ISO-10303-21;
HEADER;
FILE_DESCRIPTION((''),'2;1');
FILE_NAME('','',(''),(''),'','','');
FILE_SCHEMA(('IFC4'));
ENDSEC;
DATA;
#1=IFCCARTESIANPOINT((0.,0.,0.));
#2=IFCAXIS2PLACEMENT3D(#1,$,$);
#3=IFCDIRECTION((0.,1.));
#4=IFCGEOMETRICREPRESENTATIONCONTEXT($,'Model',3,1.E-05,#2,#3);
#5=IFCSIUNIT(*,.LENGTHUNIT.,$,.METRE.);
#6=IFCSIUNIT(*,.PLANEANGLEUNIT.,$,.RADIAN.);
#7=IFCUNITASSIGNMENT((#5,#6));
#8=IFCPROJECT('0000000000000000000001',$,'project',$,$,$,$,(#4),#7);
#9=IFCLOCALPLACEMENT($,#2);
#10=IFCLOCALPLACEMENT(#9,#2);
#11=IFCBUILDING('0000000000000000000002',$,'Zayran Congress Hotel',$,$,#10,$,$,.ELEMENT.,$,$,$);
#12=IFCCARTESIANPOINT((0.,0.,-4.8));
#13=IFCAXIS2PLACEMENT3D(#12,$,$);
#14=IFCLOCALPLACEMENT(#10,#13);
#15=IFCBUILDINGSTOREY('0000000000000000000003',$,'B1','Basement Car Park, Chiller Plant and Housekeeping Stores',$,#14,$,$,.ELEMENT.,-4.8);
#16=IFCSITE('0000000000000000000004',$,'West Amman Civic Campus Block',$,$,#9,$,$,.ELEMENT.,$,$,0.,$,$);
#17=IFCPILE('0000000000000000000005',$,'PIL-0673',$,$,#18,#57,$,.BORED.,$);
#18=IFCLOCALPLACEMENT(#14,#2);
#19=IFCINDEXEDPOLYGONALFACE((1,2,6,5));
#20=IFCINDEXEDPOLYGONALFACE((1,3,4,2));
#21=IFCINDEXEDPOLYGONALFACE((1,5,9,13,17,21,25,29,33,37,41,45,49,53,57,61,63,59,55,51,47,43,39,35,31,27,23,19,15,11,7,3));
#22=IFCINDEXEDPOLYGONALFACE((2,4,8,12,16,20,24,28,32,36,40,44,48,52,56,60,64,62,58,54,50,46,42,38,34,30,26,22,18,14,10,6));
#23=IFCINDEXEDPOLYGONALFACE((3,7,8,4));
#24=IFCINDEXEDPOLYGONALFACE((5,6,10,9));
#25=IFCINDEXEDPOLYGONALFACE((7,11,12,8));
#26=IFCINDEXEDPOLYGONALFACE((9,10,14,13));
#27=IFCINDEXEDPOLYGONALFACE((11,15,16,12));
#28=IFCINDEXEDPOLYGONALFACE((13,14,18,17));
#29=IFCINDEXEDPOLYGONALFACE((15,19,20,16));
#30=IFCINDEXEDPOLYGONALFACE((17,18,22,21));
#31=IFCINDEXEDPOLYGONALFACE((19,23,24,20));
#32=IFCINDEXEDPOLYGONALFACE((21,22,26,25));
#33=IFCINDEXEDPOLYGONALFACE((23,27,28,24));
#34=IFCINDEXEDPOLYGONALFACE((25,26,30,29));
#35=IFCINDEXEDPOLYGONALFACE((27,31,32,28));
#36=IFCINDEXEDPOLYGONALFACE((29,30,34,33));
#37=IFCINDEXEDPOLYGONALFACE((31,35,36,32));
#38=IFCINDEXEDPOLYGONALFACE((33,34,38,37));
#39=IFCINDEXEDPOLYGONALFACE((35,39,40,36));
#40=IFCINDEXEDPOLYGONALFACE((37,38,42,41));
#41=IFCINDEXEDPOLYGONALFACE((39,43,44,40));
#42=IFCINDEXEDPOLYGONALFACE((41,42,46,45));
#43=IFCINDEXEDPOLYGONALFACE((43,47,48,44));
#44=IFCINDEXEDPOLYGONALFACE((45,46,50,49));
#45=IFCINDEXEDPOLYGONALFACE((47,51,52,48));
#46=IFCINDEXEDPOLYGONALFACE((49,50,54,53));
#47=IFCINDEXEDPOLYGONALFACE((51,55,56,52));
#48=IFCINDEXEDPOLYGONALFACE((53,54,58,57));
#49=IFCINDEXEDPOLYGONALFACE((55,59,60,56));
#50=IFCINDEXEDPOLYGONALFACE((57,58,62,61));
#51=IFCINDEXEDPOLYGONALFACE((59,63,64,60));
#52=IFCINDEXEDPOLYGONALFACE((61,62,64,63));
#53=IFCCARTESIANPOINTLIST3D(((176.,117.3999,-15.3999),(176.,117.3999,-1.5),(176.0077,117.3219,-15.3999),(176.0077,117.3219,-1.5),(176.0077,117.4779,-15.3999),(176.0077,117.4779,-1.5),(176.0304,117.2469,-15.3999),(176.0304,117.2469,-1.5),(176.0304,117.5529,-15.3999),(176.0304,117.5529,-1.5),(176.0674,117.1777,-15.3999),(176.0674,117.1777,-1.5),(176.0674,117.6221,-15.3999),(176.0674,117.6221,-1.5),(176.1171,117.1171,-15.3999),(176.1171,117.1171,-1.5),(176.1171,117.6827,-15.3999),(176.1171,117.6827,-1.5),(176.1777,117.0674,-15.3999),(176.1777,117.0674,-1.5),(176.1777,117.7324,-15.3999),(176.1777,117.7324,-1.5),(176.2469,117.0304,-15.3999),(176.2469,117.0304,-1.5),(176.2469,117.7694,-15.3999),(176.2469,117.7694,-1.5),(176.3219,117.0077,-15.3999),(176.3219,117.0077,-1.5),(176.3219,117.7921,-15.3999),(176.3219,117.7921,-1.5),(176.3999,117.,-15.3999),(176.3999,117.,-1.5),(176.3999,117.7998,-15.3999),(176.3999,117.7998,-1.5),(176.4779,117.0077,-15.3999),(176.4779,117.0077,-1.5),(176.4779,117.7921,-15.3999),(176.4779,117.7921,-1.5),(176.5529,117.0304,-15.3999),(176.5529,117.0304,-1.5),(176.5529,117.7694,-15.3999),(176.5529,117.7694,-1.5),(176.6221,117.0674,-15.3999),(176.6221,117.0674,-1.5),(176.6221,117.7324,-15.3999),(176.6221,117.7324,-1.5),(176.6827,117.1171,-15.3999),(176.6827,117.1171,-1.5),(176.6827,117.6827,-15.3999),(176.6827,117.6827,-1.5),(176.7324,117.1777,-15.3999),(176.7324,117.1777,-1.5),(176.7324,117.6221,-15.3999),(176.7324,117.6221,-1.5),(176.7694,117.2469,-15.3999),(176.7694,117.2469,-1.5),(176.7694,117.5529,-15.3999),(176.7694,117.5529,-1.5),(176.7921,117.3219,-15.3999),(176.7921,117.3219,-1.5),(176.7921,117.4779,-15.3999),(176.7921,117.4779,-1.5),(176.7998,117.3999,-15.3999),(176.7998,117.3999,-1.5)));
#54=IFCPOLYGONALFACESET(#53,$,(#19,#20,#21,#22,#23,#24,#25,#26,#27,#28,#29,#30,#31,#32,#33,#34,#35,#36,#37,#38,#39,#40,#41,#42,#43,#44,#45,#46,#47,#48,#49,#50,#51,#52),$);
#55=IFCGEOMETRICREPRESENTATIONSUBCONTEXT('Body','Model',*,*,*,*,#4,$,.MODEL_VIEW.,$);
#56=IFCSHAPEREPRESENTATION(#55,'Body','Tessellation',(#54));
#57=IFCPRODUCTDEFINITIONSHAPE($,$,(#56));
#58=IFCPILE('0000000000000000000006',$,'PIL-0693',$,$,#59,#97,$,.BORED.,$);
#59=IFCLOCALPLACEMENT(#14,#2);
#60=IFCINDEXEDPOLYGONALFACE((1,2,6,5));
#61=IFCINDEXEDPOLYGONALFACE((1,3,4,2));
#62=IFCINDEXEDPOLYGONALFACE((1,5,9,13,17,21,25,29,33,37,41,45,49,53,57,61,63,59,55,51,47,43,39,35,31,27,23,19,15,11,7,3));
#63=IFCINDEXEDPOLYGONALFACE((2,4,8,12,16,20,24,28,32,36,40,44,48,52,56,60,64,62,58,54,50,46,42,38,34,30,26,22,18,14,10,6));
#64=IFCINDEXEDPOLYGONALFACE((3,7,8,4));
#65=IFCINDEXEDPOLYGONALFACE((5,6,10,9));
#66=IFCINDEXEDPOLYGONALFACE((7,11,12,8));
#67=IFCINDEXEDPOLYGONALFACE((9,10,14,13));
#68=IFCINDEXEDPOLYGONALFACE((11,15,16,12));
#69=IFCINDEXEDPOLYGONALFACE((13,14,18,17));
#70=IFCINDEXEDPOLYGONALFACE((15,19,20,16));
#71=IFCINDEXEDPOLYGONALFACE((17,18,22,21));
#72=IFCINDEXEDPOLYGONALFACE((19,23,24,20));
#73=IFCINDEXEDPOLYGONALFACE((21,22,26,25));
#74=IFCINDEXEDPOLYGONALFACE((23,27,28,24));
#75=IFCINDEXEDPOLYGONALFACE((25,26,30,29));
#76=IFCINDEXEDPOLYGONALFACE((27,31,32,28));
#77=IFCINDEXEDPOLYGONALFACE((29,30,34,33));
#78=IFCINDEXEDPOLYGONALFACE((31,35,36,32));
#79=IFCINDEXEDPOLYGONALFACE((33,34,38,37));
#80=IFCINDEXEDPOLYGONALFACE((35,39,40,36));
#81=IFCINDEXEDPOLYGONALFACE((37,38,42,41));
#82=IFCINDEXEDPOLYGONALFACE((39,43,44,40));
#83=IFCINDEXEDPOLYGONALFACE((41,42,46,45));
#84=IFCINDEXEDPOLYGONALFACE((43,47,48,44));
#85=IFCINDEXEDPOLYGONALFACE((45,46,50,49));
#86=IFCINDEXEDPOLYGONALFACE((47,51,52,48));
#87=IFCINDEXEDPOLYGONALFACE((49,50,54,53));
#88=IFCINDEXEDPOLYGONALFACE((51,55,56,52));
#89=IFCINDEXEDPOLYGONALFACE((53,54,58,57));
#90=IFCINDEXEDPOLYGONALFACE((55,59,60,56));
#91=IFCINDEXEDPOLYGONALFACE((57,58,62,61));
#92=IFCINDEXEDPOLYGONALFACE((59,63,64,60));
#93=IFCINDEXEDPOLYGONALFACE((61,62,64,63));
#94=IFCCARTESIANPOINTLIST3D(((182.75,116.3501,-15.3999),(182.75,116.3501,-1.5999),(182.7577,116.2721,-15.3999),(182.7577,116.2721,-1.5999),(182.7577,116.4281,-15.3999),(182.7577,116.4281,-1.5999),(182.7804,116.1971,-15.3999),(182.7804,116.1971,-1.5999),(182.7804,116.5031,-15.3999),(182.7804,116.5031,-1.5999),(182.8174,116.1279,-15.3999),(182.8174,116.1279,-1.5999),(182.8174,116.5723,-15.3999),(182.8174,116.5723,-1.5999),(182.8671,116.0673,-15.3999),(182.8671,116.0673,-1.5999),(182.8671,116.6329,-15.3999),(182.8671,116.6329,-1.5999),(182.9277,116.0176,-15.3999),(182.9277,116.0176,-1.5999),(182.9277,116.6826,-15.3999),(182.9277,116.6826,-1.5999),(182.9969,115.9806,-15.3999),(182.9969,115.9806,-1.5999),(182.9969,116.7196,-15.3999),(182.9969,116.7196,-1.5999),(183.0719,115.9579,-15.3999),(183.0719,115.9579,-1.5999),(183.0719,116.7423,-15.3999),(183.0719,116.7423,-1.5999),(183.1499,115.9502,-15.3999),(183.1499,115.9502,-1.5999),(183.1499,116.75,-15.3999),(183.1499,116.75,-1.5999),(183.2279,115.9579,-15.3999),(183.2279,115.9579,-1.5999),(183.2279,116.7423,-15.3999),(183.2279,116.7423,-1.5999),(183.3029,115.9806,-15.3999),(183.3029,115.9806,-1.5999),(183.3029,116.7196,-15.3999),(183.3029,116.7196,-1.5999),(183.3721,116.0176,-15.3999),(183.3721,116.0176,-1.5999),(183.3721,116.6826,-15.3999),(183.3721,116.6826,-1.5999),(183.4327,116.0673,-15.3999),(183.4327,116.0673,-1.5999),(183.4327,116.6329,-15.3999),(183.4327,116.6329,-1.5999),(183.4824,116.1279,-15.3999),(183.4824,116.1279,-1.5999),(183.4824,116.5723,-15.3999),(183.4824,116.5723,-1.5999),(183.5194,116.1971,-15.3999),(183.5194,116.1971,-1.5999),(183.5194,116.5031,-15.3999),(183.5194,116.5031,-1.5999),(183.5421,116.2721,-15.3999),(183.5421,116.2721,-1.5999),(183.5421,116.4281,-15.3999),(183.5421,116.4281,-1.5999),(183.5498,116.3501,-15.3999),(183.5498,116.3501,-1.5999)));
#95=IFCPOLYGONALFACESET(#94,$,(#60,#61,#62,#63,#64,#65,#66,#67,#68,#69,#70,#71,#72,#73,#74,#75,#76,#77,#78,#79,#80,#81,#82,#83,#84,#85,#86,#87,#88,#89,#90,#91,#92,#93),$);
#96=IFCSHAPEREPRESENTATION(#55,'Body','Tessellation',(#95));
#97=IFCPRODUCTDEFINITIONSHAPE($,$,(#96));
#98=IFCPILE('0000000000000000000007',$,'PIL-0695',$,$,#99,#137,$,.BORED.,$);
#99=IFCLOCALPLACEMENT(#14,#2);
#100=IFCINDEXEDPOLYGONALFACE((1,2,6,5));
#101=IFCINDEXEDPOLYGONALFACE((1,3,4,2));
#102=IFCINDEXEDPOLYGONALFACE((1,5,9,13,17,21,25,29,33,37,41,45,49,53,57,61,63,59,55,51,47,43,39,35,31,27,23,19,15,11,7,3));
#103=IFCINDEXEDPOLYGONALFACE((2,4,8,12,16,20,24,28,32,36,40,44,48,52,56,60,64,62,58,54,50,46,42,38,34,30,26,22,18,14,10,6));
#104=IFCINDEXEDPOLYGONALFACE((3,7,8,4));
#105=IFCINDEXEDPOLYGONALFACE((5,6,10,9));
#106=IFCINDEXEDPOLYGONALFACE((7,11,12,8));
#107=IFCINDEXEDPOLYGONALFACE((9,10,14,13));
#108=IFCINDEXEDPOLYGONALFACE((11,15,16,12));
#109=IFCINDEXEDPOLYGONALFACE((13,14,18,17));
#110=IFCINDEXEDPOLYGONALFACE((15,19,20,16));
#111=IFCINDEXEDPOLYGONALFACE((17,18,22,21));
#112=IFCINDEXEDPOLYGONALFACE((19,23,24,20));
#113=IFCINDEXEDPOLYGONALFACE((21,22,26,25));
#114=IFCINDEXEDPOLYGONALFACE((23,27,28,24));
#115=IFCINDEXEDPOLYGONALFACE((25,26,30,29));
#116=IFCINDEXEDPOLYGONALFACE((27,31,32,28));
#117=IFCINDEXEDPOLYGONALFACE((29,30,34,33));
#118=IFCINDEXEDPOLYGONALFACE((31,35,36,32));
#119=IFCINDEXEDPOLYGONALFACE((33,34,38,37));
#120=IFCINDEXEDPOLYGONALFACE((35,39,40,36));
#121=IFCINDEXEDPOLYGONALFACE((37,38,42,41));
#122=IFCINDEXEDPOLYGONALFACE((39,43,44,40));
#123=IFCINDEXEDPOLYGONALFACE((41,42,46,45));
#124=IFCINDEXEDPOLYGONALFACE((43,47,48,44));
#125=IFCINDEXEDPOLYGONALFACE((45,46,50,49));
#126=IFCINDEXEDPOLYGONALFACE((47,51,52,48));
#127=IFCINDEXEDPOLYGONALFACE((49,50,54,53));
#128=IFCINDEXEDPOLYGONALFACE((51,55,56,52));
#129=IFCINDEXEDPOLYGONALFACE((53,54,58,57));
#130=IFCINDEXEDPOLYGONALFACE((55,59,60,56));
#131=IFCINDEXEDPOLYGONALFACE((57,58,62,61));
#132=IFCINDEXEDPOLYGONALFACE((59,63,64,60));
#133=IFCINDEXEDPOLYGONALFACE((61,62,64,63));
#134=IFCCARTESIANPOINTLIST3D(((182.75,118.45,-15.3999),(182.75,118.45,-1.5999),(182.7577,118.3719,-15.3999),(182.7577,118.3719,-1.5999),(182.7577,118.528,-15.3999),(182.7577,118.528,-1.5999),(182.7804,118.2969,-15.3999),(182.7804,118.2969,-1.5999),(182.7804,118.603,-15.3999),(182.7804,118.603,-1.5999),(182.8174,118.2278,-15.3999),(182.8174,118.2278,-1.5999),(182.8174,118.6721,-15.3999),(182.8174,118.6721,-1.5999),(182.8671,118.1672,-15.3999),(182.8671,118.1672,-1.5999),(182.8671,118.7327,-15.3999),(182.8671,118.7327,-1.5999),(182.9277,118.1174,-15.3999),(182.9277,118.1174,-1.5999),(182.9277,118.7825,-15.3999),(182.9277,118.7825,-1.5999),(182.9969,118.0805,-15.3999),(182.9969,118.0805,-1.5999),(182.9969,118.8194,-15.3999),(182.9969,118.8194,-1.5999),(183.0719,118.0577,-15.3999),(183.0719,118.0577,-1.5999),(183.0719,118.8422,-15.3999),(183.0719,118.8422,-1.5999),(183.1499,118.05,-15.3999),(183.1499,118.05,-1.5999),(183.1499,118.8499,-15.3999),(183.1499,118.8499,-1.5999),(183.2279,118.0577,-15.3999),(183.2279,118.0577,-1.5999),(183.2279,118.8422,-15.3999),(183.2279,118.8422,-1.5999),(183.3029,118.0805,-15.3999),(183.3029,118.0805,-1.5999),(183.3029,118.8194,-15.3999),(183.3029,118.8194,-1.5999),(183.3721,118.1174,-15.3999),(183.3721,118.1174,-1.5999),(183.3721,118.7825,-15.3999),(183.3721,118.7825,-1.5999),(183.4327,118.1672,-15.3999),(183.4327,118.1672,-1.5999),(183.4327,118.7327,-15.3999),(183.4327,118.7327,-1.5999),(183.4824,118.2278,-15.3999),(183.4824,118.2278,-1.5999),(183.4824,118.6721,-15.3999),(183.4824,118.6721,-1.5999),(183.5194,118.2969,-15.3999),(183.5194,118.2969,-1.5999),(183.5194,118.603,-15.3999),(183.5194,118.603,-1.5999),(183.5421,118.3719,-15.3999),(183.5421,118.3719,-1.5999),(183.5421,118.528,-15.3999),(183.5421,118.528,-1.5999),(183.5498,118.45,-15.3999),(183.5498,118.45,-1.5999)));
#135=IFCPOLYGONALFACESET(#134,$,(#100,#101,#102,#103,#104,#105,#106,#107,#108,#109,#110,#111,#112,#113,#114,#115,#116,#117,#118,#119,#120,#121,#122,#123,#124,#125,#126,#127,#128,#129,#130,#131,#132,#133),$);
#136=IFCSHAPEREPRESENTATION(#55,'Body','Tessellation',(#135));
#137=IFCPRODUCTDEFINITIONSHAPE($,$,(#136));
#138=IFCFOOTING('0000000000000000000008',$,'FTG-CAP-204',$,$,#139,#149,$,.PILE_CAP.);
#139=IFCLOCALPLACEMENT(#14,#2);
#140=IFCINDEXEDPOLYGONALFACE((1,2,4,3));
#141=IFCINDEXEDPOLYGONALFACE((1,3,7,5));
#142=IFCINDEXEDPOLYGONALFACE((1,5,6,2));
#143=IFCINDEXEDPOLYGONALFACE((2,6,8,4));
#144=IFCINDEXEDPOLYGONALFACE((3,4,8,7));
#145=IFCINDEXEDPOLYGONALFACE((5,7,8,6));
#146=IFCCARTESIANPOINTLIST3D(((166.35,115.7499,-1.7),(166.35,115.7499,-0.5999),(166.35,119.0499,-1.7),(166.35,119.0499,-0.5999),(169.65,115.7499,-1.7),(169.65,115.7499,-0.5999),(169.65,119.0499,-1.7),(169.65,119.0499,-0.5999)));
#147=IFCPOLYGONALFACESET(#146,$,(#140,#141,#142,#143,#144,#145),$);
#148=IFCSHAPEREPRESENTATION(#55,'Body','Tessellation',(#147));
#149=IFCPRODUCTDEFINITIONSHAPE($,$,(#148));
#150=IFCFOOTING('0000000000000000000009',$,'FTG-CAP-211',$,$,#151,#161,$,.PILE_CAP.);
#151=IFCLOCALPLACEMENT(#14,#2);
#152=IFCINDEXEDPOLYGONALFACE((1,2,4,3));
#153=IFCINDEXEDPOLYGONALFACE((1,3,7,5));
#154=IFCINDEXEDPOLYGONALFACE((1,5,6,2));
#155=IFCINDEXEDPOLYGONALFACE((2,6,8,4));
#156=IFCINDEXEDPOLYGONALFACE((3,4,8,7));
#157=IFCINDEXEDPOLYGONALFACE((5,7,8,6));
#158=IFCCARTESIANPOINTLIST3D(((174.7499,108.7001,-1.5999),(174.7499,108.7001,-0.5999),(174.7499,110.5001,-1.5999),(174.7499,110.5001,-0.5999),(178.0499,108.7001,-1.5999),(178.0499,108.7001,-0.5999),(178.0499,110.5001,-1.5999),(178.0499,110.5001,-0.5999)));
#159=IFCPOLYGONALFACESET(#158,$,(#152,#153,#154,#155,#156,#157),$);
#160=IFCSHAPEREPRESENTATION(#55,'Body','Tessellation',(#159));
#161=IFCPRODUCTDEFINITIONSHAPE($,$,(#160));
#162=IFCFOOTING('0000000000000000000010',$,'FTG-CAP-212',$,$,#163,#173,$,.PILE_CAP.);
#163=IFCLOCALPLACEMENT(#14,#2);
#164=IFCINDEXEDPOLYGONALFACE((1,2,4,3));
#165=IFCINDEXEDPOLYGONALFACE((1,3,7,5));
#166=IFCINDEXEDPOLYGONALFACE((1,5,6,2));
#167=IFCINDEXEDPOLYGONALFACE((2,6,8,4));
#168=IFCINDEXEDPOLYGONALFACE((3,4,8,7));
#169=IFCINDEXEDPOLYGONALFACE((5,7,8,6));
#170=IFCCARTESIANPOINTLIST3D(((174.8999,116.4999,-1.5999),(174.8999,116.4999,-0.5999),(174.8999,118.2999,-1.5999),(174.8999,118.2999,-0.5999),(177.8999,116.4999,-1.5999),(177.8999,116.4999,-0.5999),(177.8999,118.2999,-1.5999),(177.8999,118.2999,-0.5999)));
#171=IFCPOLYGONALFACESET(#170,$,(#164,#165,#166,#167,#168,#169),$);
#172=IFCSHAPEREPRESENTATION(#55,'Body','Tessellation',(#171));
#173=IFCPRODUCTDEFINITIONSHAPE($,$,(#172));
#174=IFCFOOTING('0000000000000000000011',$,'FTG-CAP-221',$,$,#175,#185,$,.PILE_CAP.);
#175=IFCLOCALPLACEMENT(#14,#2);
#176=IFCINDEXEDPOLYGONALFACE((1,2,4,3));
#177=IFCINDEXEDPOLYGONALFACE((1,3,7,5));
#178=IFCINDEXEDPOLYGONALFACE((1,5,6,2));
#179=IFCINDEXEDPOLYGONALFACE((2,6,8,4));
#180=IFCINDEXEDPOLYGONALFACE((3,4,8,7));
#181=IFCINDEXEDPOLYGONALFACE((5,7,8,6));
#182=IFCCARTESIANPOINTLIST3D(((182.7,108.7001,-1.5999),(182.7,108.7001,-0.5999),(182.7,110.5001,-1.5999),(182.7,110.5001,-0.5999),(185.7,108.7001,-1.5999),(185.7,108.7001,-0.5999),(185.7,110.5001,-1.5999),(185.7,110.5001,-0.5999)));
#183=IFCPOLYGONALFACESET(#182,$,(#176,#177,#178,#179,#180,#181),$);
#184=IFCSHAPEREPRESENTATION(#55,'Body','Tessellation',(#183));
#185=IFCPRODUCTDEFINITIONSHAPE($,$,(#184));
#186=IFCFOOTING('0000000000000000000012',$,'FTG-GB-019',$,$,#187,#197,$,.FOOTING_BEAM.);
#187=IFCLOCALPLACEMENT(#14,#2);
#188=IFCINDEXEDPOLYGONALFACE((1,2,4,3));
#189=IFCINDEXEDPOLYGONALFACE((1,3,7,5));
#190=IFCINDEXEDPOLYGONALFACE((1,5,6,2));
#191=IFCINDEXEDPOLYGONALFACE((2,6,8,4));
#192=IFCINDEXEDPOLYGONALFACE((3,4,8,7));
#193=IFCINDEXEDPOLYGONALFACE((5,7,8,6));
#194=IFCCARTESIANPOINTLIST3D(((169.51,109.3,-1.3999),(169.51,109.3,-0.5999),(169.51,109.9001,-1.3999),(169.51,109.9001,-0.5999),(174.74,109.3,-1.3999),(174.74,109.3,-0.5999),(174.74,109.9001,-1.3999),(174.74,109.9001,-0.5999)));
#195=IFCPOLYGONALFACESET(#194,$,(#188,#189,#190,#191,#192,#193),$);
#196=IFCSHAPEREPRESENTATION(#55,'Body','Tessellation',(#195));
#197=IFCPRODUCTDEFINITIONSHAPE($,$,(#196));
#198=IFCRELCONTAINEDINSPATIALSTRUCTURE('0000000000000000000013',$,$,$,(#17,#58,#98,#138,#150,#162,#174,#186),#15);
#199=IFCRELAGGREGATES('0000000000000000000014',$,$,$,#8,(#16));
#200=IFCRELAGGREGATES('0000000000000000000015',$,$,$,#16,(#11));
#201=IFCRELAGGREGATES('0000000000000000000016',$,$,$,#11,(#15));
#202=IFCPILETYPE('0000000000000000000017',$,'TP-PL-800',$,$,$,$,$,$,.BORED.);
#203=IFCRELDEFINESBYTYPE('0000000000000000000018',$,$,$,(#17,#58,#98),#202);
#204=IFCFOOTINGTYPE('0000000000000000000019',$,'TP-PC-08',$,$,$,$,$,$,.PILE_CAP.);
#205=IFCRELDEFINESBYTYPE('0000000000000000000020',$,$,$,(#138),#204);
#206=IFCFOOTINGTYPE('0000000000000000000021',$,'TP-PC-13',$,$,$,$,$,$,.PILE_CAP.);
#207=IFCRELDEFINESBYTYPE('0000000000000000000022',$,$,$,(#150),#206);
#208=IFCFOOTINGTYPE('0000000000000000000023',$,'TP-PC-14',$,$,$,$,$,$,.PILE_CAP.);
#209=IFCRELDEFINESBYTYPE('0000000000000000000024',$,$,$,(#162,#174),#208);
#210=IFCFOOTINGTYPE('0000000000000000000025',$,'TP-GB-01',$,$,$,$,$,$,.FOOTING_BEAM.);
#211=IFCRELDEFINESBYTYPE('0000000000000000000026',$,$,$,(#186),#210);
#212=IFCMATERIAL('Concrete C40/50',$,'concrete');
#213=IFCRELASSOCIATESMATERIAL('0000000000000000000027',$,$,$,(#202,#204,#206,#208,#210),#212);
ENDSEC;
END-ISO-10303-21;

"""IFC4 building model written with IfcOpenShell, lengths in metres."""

from ifc_helpers import new_model, si_unit, direction, frame, origin, origin_2d, place, context, subcontext, project, spatial, rectangle, circle, extrude, material, material_profile, profile_set, type_object, element, save


model = new_model("IFC4")

# Units and contexts
model_context = context("Model", 3, precision=1e-05, world=origin(), true_north=direction((0.0, 1.0)))
body_context = subcontext(model_context, "Body", "Model", "MODEL_VIEW")
ifc_project = project(units=[si_unit("LENGTHUNIT", "METRE"), si_unit("PLANEANGLEUNIT", "RADIAN")], contexts=[model_context])

# Site, building, storey
site_placement = place(None, origin())
site = spatial("IfcSite", under=ifc_project, at=site_placement, Name="West Amman Civic Campus Block", CompositionType="ELEMENT", RefElevation=0.0)
building_placement = place(site_placement, origin())
building = spatial("IfcBuilding", under=site, at=building_placement, Name="Zayran Congress Hotel", CompositionType="ELEMENT")
storey_placement = place(building_placement, frame((0.0, 0.0, -4.8)))
storey = spatial("IfcBuildingStorey", under=building, at=storey_placement, Name="B1", Description="Basement Car Park, Chiller Plant and Housekeeping Stores", CompositionType="ELEMENT", Elevation=-4.8)

# Piles
ifc_material = material(Name="Concrete C40/50", Category="concrete")
ifc_material_profile_1 = material_profile(ifc_material, circle(Radius=0.3999, at=origin_2d()), Name="PILE D800")
ifc_profile_set_1 = profile_set([ifc_material_profile_1], Name="Concrete C40/50")
pile_type = type_object("IfcPileType", Name="TP-PL-800", PredefinedType="BORED", material=ifc_profile_set_1)
for number, where, z_axis, x_axis, name in (
    (1, (176.3999, 117.3999, -1.5), (0.0, 0.0, -1.0), (1.0, 0.0, 0.0), "PIL-0673"),
):
    element("IfcPile", number, at=place(storey_placement, frame(where, z_axis=z_axis, x_axis=x_axis)), inside=storey, type_object=pile_type, Name=name, PredefinedType="BORED", context=body_context, shape_type="SweptSolid", body=[
        extrude(circle(Radius=0.3999, at=origin_2d()), origin(), (0.0, 0.0, 1.0), 13.8999),
    ])
for number, where, z_axis, x_axis, name in (
    (2, (183.1499, 116.3501, -1.5999), (0.0, 0.0, -1.0), (1.0, 0.0, 0.0), "PIL-0693"),
    (3, (183.1499, 118.45, -1.5999), (0.0, 0.0, -1.0), (1.0, 0.0, 0.0), "PIL-0695"),
):
    element("IfcPile", number, at=place(storey_placement, frame(where, z_axis=z_axis, x_axis=x_axis)), inside=storey, type_object=pile_type, Name=name, PredefinedType="BORED", context=body_context, shape_type="SweptSolid", body=[
        extrude(circle(Radius=0.3999, at=origin_2d()), origin(), (0.0, 0.0, 1.0), 13.8),
    ])

# Footings
footing_type_1 = type_object("IfcFootingType", Name="TP-PC-08", PredefinedType="PILE_CAP", material=ifc_material)
footing_1_placement = place(storey_placement, frame((168.0, 117.3999, -1.7), z_axis=(0.0, 0.0, 1.0), x_axis=(1.0, 0.0, 0.0)))
element("IfcFooting", 4, at=footing_1_placement, inside=storey, type_object=footing_type_1, Name="FTG-CAP-204", PredefinedType="PILE_CAP", context=body_context, shape_type="SweptSolid", body=[
    extrude(rectangle(XDim=3.3, YDim=3.3, at=origin_2d()), origin(), (0.0, 0.0, 1.0), 1.1001),
])
footing_type_2 = type_object("IfcFootingType", Name="TP-PC-13", PredefinedType="PILE_CAP", material=ifc_material)
footing_2_placement = place(storey_placement, frame((176.3999, 109.6001, -1.5999), z_axis=(0.0, 0.0, 1.0), x_axis=(1.0, 0.0, 0.0)))
element("IfcFooting", 5, at=footing_2_placement, inside=storey, type_object=footing_type_2, Name="FTG-CAP-211", PredefinedType="PILE_CAP", context=body_context, shape_type="SweptSolid", body=[
    extrude(rectangle(XDim=3.3, YDim=1.8, at=origin_2d()), origin(), (0.0, 0.0, 1.0), 1.0),
])
footing_type_3 = type_object("IfcFootingType", Name="TP-PC-14", PredefinedType="PILE_CAP", material=ifc_material)
for number, where, z_axis, x_axis, name in (
    (6, (176.3999, 117.3999, -1.5999), (0.0, 0.0, 1.0), (1.0, 0.0, 0.0), "FTG-CAP-212"),
    (7, (184.2, 109.6001, -1.5999), (0.0, 0.0, 1.0), (1.0, 0.0, 0.0), "FTG-CAP-221"),
):
    element("IfcFooting", number, at=place(storey_placement, frame(where, z_axis=z_axis, x_axis=x_axis)), inside=storey, type_object=footing_type_3, Name=name, PredefinedType="PILE_CAP", context=body_context, shape_type="SweptSolid", body=[
        extrude(rectangle(XDim=3.0, YDim=1.8, at=origin_2d()), origin(), (0.0, 0.0, 1.0), 1.0),
    ])
footing_type_4 = type_object("IfcFootingType", Name="TP-GB-01", PredefinedType="FOOTING_BEAM", material=ifc_material)
footing_3_placement = place(storey_placement, frame((172.125, 109.6001, -1.3999), z_axis=(0.0, 0.0, 1.0), x_axis=(1.0, 0.0, 0.0)))
element("IfcFooting", 8, at=footing_3_placement, inside=storey, type_object=footing_type_4, Name="FTG-GB-019", PredefinedType="FOOTING_BEAM", context=body_context, shape_type="SweptSolid", body=[
    extrude(rectangle(XDim=5.23, YDim=0.6001, at=origin_2d()), origin(), (0.0, 0.0, 1.0), 0.8),
])

save(model, "model.ifc")
